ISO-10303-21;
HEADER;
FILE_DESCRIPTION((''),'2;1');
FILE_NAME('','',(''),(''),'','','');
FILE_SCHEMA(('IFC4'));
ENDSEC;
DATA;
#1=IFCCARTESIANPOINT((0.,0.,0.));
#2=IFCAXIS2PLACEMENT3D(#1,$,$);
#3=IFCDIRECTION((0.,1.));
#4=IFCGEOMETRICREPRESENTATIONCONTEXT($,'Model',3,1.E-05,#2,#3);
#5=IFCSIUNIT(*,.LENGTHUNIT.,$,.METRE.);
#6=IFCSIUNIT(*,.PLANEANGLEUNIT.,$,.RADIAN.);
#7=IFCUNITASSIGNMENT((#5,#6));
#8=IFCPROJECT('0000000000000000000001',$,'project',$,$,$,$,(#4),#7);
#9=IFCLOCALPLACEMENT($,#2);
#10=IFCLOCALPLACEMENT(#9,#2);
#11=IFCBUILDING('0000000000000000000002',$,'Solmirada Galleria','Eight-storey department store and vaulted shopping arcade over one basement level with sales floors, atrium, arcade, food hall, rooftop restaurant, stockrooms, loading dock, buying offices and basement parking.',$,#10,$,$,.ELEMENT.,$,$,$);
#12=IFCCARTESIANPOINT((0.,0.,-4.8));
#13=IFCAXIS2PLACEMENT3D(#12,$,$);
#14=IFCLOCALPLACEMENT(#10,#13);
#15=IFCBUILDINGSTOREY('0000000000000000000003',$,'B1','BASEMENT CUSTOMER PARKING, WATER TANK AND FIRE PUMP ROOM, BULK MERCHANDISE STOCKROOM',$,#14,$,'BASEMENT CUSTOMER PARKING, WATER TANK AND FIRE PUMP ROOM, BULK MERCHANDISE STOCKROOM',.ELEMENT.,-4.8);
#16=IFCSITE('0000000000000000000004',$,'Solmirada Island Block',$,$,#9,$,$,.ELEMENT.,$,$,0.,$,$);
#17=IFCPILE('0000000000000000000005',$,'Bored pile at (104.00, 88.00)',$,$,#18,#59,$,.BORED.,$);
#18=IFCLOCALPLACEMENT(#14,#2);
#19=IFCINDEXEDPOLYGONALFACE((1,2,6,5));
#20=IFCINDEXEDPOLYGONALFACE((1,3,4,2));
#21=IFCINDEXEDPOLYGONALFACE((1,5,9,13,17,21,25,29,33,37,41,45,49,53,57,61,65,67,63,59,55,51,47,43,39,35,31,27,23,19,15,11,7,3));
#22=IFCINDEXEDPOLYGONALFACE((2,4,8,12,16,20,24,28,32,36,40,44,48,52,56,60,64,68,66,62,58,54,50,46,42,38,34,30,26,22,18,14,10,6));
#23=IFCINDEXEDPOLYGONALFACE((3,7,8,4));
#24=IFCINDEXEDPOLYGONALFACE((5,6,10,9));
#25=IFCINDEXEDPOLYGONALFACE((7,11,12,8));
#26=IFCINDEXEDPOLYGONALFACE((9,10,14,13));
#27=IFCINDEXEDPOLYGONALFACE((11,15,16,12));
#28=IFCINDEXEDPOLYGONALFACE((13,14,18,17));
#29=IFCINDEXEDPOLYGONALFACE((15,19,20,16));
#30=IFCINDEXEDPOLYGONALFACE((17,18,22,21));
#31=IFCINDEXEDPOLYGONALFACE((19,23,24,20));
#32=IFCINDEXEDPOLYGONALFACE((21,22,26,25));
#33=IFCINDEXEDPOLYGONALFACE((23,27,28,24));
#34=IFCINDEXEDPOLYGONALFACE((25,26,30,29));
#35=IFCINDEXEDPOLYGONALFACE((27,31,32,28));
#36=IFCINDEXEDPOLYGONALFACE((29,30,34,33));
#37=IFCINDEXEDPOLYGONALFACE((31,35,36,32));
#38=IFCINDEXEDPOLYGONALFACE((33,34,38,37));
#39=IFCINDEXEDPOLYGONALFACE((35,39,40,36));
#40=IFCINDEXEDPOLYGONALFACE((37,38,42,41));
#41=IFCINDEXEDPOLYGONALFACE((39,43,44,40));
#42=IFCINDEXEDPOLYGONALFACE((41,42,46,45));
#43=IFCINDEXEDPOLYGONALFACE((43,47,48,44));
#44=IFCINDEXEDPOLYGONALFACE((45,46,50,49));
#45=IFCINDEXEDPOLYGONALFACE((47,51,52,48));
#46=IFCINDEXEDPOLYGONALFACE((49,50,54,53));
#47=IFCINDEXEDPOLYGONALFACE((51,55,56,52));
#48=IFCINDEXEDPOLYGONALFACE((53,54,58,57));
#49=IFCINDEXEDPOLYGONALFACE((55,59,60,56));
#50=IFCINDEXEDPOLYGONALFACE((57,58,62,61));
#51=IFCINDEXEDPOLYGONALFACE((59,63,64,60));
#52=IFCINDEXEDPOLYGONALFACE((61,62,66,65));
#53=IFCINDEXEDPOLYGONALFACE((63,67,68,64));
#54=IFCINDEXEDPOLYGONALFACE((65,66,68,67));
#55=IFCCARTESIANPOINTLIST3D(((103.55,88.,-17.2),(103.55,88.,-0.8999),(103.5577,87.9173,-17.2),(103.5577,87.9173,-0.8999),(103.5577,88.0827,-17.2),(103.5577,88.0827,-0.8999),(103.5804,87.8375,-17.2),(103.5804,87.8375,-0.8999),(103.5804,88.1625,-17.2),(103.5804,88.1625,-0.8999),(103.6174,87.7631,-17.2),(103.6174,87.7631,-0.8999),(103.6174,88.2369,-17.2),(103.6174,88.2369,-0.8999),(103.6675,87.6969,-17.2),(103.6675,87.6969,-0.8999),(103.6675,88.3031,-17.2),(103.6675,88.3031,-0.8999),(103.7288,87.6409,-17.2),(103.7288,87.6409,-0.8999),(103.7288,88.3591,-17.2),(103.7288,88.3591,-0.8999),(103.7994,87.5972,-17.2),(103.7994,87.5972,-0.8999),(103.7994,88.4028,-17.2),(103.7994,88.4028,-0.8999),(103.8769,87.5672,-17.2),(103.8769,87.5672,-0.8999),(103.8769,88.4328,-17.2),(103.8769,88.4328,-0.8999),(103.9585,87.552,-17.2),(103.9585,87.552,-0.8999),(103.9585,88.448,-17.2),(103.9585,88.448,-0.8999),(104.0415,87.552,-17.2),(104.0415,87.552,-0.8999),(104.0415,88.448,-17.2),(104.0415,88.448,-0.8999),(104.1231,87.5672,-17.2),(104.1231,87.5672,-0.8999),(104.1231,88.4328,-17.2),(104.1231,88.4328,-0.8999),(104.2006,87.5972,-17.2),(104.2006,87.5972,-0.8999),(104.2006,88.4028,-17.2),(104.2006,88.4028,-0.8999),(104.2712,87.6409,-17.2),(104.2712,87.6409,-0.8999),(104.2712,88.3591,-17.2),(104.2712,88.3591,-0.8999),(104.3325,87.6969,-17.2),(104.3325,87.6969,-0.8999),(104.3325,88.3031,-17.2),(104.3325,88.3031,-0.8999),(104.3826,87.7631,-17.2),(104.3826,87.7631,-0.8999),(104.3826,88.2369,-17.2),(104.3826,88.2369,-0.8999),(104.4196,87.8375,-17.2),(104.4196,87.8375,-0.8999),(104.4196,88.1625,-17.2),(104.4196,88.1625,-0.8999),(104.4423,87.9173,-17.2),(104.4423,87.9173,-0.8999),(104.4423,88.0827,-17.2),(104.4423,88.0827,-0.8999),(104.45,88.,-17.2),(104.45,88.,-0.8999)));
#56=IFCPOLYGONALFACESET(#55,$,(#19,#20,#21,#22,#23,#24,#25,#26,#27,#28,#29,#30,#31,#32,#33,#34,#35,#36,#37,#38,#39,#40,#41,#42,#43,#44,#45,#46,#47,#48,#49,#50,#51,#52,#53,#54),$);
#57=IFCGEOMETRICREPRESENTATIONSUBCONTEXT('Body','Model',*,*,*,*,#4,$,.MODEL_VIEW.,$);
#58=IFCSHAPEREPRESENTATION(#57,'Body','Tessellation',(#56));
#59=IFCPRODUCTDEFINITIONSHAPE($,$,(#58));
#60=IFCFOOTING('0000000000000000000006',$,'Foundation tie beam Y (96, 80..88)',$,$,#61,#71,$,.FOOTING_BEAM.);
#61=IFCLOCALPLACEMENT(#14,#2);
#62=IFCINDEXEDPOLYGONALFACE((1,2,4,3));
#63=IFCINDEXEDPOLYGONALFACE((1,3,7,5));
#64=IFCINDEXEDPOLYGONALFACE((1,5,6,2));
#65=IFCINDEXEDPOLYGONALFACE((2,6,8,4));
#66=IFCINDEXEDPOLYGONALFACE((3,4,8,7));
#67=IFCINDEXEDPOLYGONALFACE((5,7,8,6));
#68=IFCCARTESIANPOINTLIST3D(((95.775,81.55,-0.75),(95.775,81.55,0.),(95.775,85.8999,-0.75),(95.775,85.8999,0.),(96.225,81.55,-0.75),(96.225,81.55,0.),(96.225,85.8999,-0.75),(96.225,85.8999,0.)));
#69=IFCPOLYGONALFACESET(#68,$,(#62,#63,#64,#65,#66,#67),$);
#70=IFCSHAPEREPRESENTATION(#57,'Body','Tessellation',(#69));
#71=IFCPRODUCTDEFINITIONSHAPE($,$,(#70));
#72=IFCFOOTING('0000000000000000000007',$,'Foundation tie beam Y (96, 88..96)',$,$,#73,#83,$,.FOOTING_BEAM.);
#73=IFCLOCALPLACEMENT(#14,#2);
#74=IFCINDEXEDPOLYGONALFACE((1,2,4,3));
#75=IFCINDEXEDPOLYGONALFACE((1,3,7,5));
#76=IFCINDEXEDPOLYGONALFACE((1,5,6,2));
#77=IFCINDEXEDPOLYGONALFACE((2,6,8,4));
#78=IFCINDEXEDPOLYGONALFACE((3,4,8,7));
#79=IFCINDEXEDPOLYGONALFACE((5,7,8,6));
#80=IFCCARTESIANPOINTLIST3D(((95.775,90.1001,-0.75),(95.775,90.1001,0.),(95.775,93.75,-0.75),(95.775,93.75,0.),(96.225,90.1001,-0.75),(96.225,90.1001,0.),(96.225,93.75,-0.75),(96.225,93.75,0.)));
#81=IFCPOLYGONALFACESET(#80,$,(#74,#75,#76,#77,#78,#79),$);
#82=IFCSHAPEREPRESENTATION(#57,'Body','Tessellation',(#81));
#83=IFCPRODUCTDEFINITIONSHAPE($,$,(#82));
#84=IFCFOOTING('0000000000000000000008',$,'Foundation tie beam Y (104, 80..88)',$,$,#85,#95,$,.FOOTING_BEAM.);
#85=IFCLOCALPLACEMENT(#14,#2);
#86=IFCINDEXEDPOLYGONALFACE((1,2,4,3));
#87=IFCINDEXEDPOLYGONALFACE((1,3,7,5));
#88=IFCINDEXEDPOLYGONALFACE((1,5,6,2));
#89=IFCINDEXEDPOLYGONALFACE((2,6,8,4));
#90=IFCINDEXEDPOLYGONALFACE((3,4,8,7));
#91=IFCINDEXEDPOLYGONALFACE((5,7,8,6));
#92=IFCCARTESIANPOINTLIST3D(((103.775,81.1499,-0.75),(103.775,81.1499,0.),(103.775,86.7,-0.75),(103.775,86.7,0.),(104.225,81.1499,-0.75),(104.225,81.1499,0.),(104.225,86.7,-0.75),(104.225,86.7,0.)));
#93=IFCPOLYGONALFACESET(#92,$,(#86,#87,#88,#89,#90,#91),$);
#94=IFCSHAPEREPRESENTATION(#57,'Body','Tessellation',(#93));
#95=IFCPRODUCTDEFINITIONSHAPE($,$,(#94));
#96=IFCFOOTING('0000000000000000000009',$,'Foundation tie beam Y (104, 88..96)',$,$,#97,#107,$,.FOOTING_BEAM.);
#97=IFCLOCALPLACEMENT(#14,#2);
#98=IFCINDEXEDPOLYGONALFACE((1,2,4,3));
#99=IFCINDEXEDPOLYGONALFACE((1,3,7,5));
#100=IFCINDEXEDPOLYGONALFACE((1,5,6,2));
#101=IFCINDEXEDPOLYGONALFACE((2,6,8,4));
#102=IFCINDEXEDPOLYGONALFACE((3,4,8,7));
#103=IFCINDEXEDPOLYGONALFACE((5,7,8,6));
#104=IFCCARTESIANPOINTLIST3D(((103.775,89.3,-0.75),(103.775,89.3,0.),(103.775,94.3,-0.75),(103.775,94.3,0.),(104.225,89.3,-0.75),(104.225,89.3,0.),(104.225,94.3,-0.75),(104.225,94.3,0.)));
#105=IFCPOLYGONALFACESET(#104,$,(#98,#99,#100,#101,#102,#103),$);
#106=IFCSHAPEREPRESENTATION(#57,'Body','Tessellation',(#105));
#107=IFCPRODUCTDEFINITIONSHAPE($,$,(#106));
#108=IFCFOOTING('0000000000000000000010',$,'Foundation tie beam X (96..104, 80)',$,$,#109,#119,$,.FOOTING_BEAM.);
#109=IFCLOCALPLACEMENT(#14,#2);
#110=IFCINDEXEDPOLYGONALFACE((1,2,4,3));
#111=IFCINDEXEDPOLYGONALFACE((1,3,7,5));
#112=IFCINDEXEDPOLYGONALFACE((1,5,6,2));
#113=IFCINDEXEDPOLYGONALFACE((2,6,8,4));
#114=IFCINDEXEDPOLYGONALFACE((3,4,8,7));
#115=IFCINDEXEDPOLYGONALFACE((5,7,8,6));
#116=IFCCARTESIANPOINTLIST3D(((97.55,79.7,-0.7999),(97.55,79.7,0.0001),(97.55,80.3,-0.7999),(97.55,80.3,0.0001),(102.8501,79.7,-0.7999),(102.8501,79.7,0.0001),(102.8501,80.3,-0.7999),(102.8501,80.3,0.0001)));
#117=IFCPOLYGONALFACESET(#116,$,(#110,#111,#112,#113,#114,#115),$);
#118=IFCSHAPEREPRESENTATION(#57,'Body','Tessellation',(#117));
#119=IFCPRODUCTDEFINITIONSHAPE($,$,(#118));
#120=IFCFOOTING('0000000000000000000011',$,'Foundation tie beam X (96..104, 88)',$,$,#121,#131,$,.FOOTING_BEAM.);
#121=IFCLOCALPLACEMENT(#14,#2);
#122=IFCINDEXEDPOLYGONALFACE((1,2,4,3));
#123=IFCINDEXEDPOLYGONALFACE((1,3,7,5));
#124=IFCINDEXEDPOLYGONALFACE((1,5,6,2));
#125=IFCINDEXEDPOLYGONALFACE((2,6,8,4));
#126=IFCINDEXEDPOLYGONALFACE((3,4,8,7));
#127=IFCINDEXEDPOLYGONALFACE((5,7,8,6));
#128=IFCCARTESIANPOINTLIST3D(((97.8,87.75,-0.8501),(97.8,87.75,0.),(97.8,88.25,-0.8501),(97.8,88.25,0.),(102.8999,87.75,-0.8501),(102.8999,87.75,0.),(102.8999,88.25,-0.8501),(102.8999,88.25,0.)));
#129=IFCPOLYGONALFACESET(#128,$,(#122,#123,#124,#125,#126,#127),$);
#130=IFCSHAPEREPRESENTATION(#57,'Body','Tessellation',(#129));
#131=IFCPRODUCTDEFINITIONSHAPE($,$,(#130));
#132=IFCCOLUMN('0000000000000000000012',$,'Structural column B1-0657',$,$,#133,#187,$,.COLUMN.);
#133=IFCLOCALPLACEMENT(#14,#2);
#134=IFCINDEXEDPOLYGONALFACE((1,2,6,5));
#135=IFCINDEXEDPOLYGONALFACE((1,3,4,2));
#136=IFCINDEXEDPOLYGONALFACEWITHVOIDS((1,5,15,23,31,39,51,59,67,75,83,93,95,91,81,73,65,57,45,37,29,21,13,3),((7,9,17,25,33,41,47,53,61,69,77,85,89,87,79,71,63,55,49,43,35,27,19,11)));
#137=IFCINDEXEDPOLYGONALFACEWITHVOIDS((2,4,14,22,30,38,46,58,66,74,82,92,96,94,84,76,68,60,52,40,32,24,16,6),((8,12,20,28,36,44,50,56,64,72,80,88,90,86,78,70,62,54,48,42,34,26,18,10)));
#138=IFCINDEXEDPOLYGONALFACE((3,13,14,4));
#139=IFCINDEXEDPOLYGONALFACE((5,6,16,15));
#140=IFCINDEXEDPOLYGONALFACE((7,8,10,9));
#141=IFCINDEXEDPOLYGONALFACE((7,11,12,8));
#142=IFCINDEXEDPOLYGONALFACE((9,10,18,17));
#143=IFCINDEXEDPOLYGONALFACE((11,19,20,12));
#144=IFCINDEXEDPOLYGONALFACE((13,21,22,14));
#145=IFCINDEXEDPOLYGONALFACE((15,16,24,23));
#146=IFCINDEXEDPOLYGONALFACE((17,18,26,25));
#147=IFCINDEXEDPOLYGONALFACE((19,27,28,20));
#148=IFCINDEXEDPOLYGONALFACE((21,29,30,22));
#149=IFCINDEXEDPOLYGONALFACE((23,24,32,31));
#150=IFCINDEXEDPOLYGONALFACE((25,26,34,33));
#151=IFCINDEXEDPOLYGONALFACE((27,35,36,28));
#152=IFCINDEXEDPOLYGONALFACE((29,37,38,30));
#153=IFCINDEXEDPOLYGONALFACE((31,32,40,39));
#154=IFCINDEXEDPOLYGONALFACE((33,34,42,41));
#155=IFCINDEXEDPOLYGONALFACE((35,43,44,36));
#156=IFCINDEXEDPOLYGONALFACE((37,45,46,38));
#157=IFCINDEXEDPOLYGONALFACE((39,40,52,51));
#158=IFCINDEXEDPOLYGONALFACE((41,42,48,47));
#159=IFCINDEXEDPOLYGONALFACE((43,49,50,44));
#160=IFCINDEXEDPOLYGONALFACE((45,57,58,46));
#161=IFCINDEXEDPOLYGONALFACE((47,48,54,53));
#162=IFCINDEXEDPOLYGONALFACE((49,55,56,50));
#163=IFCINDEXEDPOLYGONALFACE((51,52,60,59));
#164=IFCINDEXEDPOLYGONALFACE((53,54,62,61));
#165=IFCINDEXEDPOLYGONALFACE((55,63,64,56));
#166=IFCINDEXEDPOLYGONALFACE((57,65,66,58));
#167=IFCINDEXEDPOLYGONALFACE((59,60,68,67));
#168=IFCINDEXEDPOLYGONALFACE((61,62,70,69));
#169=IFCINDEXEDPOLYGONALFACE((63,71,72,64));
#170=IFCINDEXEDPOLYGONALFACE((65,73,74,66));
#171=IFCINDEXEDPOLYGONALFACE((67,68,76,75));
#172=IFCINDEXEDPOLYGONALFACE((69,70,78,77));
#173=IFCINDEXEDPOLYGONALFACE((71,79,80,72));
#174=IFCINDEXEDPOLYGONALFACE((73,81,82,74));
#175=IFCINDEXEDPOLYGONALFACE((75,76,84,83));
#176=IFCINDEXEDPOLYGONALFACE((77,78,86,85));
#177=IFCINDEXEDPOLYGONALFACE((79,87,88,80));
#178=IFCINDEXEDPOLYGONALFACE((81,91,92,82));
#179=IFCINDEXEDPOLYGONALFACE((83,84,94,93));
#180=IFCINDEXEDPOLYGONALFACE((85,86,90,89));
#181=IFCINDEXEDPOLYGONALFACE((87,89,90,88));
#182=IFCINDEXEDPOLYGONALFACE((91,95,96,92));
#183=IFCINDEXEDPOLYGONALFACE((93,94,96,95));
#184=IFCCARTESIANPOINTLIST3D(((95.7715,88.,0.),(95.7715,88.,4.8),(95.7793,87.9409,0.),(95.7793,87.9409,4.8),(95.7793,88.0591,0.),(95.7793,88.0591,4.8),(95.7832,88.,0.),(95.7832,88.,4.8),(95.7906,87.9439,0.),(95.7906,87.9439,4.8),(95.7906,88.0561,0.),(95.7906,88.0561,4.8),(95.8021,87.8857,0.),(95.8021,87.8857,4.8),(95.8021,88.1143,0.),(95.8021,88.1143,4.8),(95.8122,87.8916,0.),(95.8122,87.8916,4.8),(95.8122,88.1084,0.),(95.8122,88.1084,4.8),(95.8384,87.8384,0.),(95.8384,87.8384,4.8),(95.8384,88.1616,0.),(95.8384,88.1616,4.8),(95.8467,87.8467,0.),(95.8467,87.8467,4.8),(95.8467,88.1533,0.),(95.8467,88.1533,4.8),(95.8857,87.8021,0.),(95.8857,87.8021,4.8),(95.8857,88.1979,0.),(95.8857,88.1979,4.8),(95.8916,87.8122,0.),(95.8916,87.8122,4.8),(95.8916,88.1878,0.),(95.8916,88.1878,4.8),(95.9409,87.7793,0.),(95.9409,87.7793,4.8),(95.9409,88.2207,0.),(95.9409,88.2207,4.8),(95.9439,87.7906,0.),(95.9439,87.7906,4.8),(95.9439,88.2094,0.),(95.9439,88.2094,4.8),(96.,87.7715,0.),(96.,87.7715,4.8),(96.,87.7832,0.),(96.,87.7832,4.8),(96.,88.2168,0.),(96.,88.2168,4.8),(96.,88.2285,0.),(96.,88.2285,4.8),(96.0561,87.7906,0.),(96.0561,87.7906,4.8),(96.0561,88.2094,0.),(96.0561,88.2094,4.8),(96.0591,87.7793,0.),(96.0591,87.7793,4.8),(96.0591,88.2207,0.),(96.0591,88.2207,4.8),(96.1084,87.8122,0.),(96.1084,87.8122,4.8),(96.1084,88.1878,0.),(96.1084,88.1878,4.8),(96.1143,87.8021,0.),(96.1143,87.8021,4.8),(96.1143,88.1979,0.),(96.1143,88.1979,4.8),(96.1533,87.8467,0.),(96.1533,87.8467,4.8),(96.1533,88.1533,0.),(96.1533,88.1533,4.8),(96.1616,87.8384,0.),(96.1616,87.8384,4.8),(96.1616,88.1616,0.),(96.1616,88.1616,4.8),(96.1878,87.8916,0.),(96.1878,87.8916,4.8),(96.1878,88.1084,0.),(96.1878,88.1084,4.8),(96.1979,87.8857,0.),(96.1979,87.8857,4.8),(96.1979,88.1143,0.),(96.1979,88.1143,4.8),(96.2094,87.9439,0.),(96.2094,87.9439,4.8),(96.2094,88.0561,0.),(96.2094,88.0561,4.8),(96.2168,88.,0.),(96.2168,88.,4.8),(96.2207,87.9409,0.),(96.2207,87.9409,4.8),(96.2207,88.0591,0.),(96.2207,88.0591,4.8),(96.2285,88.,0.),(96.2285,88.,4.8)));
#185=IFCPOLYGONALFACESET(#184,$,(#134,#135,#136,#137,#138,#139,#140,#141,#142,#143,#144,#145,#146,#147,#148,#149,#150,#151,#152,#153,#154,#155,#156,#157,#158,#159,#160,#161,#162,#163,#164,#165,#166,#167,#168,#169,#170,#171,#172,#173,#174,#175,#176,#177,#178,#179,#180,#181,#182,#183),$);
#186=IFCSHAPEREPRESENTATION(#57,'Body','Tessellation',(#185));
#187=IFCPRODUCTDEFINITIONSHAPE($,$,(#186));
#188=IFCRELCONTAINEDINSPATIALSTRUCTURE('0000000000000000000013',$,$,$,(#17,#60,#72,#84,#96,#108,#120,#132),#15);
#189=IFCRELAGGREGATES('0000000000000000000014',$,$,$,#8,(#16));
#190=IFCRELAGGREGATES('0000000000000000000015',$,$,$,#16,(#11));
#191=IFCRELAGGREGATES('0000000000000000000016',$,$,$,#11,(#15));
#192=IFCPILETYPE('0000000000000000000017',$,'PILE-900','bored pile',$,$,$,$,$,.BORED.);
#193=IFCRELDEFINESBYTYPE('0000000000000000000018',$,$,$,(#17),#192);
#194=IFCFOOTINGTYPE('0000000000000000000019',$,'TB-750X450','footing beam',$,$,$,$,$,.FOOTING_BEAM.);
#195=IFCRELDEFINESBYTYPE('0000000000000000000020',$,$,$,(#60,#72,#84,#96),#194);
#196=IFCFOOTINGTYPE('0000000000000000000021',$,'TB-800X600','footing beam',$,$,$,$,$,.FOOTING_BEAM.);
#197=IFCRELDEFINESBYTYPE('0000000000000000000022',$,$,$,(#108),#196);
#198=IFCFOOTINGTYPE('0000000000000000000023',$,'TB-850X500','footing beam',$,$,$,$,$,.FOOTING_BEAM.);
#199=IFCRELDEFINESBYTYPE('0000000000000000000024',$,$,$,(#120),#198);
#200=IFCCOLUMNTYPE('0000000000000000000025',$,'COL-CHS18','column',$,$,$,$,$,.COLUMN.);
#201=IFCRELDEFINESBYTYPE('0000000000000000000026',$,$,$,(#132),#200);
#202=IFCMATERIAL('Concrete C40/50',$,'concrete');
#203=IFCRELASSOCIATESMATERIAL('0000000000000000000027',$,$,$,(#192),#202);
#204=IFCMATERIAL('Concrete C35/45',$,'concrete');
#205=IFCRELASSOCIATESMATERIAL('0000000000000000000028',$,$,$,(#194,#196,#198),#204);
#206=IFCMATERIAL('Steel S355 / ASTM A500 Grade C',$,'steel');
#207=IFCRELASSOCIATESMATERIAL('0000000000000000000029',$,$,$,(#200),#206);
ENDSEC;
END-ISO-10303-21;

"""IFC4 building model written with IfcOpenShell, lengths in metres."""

from ifc_helpers import new_model, si_unit, direction, frame, origin, origin_2d, place, context, subcontext, project, spatial, rectangle, circle, hollow_circle, extrude, material, material_profile, profile_set, type_object, element, save


model = new_model("IFC4")

# Units and contexts
model_context = context("Model", 3, precision=1e-05, world=origin(), true_north=direction((0.0, 1.0)))
body_context = subcontext(model_context, "Body", "Model", "MODEL_VIEW")
ifc_project = project(units=[si_unit("LENGTHUNIT", "METRE"), si_unit("PLANEANGLEUNIT", "RADIAN")], contexts=[model_context])

# Site, building, storey
site_placement = place(None, origin())
site = spatial("IfcSite", under=ifc_project, at=site_placement, Name="Solmirada Island Block", CompositionType="ELEMENT", RefElevation=0.0)
building_placement = place(site_placement, origin())
building = spatial("IfcBuilding", under=site, at=building_placement, Name="Solmirada Galleria", Description="Eight-storey department store and vaulted shopping arcade over one basement level with sales floors, atrium, arcade, food hall, rooftop restaurant, stockrooms, loading dock, buying offices and basement parking.", CompositionType="ELEMENT")
storey_placement = place(building_placement, frame((0.0, 0.0, -4.8)))
storey = spatial("IfcBuildingStorey", under=building, at=storey_placement, Name="B1", Description="BASEMENT CUSTOMER PARKING, WATER TANK AND FIRE PUMP ROOM, BULK MERCHANDISE STOCKROOM", LongName="BASEMENT CUSTOMER PARKING, WATER TANK AND FIRE PUMP ROOM, BULK MERCHANDISE STOCKROOM", CompositionType="ELEMENT", Elevation=-4.8)

# Shared definitions
ifc_material_1 = material(Name="Concrete C35/45", Category="concrete")

# Pile
ifc_material_2 = material(Name="Concrete C40/50", Category="concrete")
ifc_material_profile_1 = material_profile(ifc_material_2, circle(Radius=0.45, at=origin_2d()), Name="PILE900")
ifc_profile_set_1 = profile_set([ifc_material_profile_1], Name="Concrete C40/50")
pile_type = type_object("IfcPileType", Name="PILE-900", Description="bored pile", PredefinedType="BORED", material=ifc_profile_set_1)
for number, where, z_axis, x_axis, name in (
    (1, (104.0, 88.0, -0.8999), (0.0, 0.0, -1.0), (1.0, 0.0, 0.0), "Bored pile at (104.00, 88.00)"),
):
    element("IfcPile", number, at=place(storey_placement, frame(where, z_axis=z_axis, x_axis=x_axis)), inside=storey, type_object=pile_type, Name=name, PredefinedType="BORED", context=body_context, shape_type="SweptSolid", body=[
        extrude(circle(Radius=0.45, at=origin_2d()), origin(), (0.0, 0.0, 1.0), 16.3),
    ])

# Footings
ifc_material_profile_2 = material_profile(ifc_material_1, rectangle(XDim=0.45, YDim=0.75, at=origin_2d()), Name="RC750X450")
ifc_profile_set_2 = profile_set([ifc_material_profile_2], Name="Concrete C35/45")
footing_type_1 = type_object("IfcFootingType", Name="TB-750X450", Description="footing beam", PredefinedType="FOOTING_BEAM", material=ifc_profile_set_2)
footing_1_placement = place(storey_placement, frame((96.0, 81.55, -0.375), z_axis=(0.0, 1.0, 0.0), x_axis=(-1.0, 0.0, 0.0)))
element("IfcFooting", 2, at=footing_1_placement, inside=storey, type_object=footing_type_1, Name="Foundation tie beam Y (96, 80..88)", PredefinedType="FOOTING_BEAM", context=body_context, shape_type="SweptSolid", body=[
    extrude(rectangle(XDim=0.45, YDim=0.75, at=origin_2d()), origin(), (0.0, 0.0, 1.0), 4.3499),
])
footing_2_placement = place(storey_placement, frame((96.0, 90.1001, -0.375), z_axis=(0.0, 1.0, 0.0), x_axis=(-1.0, 0.0, 0.0)))
element("IfcFooting", 3, at=footing_2_placement, inside=storey, type_object=footing_type_1, Name="Foundation tie beam Y (96, 88..96)", PredefinedType="FOOTING_BEAM", context=body_context, shape_type="SweptSolid", body=[
    extrude(rectangle(XDim=0.45, YDim=0.75, at=origin_2d()), origin(), (0.0, 0.0, 1.0), 3.6499),
])
footing_3_placement = place(storey_placement, frame((104.0, 81.1499, -0.375), z_axis=(0.0, 1.0, 0.0), x_axis=(-1.0, 0.0, 0.0)))
element("IfcFooting", 4, at=footing_3_placement, inside=storey, type_object=footing_type_1, Name="Foundation tie beam Y (104, 80..88)", PredefinedType="FOOTING_BEAM", context=body_context, shape_type="SweptSolid", body=[
    extrude(rectangle(XDim=0.45, YDim=0.75, at=origin_2d()), origin(), (0.0, 0.0, 1.0), 5.55),
])
footing_4_placement = place(storey_placement, frame((104.0, 89.3, -0.375), z_axis=(0.0, 1.0, 0.0), x_axis=(-1.0, 0.0, 0.0)))
element("IfcFooting", 5, at=footing_4_placement, inside=storey, type_object=footing_type_1, Name="Foundation tie beam Y (104, 88..96)", PredefinedType="FOOTING_BEAM", context=body_context, shape_type="SweptSolid", body=[
    extrude(rectangle(XDim=0.45, YDim=0.75, at=origin_2d()), origin(), (0.0, 0.0, 1.0), 5.0),
])
ifc_material_profile_3 = material_profile(ifc_material_1, rectangle(XDim=0.6001, YDim=0.8, at=origin_2d()), Name="RC800X600")
ifc_profile_set_3 = profile_set([ifc_material_profile_3], Name="Concrete C35/45")
footing_type_2 = type_object("IfcFootingType", Name="TB-800X600", Description="footing beam", PredefinedType="FOOTING_BEAM", material=ifc_profile_set_3)
footing_5_placement = place(storey_placement, frame((97.55, 80.0, -0.3999), z_axis=(1.0, 0.0, 0.0), x_axis=(0.0, 1.0, 0.0)))
element("IfcFooting", 6, at=footing_5_placement, inside=storey, type_object=footing_type_2, Name="Foundation tie beam X (96..104, 80)", PredefinedType="FOOTING_BEAM", context=body_context, shape_type="SweptSolid", body=[
    extrude(rectangle(XDim=0.6001, YDim=0.8, at=origin_2d()), origin(), (0.0, 0.0, 1.0), 5.3),
])
ifc_material_profile_4 = material_profile(ifc_material_1, rectangle(XDim=0.5, YDim=0.8501, at=origin_2d()), Name="RC850X500")
ifc_profile_set_4 = profile_set([ifc_material_profile_4], Name="Concrete C35/45")
footing_type_3 = type_object("IfcFootingType", Name="TB-850X500", Description="footing beam", PredefinedType="FOOTING_BEAM", material=ifc_profile_set_4)
footing_6_placement = place(storey_placement, frame((97.8, 88.0, -0.425), z_axis=(1.0, 0.0, 0.0), x_axis=(0.0, 1.0, 0.0)))
element("IfcFooting", 7, at=footing_6_placement, inside=storey, type_object=footing_type_3, Name="Foundation tie beam X (96..104, 88)", PredefinedType="FOOTING_BEAM", context=body_context, shape_type="SweptSolid", body=[
    extrude(rectangle(XDim=0.5, YDim=0.8501, at=origin_2d()), origin(), (0.0, 0.0, 1.0), 5.0999),
])

# Column
ifc_material_3 = material(Name="Steel S355 / ASTM A500 Grade C", Category="steel")
ifc_material_profile_5 = material_profile(ifc_material_3, hollow_circle(Radius=0.2285, WallThickness=0.0117, at=origin_2d()), Name="HSS18.000X0.500")
ifc_profile_set_5 = profile_set([ifc_material_profile_5], Name="Steel S355 / ASTM A500 Grade C")
column_type = type_object("IfcColumnType", Name="COL-CHS18", Description="column", PredefinedType="COLUMN", material=ifc_profile_set_5)
column_placement = place(storey_placement, frame((96.0, 88.0, 0.0), z_axis=(0.0, 0.0, 1.0), x_axis=(1.0, 0.0, 0.0)))
element("IfcColumn", 8, at=column_placement, inside=storey, type_object=column_type, Name="Structural column B1-0657", PredefinedType="COLUMN", context=body_context, shape_type="SweptSolid", body=[
    extrude(hollow_circle(Radius=0.2285, WallThickness=0.0117, at=origin_2d()), origin(), (0.0, 0.0, 1.0), 4.8),
])

save(model, "model.ifc")
